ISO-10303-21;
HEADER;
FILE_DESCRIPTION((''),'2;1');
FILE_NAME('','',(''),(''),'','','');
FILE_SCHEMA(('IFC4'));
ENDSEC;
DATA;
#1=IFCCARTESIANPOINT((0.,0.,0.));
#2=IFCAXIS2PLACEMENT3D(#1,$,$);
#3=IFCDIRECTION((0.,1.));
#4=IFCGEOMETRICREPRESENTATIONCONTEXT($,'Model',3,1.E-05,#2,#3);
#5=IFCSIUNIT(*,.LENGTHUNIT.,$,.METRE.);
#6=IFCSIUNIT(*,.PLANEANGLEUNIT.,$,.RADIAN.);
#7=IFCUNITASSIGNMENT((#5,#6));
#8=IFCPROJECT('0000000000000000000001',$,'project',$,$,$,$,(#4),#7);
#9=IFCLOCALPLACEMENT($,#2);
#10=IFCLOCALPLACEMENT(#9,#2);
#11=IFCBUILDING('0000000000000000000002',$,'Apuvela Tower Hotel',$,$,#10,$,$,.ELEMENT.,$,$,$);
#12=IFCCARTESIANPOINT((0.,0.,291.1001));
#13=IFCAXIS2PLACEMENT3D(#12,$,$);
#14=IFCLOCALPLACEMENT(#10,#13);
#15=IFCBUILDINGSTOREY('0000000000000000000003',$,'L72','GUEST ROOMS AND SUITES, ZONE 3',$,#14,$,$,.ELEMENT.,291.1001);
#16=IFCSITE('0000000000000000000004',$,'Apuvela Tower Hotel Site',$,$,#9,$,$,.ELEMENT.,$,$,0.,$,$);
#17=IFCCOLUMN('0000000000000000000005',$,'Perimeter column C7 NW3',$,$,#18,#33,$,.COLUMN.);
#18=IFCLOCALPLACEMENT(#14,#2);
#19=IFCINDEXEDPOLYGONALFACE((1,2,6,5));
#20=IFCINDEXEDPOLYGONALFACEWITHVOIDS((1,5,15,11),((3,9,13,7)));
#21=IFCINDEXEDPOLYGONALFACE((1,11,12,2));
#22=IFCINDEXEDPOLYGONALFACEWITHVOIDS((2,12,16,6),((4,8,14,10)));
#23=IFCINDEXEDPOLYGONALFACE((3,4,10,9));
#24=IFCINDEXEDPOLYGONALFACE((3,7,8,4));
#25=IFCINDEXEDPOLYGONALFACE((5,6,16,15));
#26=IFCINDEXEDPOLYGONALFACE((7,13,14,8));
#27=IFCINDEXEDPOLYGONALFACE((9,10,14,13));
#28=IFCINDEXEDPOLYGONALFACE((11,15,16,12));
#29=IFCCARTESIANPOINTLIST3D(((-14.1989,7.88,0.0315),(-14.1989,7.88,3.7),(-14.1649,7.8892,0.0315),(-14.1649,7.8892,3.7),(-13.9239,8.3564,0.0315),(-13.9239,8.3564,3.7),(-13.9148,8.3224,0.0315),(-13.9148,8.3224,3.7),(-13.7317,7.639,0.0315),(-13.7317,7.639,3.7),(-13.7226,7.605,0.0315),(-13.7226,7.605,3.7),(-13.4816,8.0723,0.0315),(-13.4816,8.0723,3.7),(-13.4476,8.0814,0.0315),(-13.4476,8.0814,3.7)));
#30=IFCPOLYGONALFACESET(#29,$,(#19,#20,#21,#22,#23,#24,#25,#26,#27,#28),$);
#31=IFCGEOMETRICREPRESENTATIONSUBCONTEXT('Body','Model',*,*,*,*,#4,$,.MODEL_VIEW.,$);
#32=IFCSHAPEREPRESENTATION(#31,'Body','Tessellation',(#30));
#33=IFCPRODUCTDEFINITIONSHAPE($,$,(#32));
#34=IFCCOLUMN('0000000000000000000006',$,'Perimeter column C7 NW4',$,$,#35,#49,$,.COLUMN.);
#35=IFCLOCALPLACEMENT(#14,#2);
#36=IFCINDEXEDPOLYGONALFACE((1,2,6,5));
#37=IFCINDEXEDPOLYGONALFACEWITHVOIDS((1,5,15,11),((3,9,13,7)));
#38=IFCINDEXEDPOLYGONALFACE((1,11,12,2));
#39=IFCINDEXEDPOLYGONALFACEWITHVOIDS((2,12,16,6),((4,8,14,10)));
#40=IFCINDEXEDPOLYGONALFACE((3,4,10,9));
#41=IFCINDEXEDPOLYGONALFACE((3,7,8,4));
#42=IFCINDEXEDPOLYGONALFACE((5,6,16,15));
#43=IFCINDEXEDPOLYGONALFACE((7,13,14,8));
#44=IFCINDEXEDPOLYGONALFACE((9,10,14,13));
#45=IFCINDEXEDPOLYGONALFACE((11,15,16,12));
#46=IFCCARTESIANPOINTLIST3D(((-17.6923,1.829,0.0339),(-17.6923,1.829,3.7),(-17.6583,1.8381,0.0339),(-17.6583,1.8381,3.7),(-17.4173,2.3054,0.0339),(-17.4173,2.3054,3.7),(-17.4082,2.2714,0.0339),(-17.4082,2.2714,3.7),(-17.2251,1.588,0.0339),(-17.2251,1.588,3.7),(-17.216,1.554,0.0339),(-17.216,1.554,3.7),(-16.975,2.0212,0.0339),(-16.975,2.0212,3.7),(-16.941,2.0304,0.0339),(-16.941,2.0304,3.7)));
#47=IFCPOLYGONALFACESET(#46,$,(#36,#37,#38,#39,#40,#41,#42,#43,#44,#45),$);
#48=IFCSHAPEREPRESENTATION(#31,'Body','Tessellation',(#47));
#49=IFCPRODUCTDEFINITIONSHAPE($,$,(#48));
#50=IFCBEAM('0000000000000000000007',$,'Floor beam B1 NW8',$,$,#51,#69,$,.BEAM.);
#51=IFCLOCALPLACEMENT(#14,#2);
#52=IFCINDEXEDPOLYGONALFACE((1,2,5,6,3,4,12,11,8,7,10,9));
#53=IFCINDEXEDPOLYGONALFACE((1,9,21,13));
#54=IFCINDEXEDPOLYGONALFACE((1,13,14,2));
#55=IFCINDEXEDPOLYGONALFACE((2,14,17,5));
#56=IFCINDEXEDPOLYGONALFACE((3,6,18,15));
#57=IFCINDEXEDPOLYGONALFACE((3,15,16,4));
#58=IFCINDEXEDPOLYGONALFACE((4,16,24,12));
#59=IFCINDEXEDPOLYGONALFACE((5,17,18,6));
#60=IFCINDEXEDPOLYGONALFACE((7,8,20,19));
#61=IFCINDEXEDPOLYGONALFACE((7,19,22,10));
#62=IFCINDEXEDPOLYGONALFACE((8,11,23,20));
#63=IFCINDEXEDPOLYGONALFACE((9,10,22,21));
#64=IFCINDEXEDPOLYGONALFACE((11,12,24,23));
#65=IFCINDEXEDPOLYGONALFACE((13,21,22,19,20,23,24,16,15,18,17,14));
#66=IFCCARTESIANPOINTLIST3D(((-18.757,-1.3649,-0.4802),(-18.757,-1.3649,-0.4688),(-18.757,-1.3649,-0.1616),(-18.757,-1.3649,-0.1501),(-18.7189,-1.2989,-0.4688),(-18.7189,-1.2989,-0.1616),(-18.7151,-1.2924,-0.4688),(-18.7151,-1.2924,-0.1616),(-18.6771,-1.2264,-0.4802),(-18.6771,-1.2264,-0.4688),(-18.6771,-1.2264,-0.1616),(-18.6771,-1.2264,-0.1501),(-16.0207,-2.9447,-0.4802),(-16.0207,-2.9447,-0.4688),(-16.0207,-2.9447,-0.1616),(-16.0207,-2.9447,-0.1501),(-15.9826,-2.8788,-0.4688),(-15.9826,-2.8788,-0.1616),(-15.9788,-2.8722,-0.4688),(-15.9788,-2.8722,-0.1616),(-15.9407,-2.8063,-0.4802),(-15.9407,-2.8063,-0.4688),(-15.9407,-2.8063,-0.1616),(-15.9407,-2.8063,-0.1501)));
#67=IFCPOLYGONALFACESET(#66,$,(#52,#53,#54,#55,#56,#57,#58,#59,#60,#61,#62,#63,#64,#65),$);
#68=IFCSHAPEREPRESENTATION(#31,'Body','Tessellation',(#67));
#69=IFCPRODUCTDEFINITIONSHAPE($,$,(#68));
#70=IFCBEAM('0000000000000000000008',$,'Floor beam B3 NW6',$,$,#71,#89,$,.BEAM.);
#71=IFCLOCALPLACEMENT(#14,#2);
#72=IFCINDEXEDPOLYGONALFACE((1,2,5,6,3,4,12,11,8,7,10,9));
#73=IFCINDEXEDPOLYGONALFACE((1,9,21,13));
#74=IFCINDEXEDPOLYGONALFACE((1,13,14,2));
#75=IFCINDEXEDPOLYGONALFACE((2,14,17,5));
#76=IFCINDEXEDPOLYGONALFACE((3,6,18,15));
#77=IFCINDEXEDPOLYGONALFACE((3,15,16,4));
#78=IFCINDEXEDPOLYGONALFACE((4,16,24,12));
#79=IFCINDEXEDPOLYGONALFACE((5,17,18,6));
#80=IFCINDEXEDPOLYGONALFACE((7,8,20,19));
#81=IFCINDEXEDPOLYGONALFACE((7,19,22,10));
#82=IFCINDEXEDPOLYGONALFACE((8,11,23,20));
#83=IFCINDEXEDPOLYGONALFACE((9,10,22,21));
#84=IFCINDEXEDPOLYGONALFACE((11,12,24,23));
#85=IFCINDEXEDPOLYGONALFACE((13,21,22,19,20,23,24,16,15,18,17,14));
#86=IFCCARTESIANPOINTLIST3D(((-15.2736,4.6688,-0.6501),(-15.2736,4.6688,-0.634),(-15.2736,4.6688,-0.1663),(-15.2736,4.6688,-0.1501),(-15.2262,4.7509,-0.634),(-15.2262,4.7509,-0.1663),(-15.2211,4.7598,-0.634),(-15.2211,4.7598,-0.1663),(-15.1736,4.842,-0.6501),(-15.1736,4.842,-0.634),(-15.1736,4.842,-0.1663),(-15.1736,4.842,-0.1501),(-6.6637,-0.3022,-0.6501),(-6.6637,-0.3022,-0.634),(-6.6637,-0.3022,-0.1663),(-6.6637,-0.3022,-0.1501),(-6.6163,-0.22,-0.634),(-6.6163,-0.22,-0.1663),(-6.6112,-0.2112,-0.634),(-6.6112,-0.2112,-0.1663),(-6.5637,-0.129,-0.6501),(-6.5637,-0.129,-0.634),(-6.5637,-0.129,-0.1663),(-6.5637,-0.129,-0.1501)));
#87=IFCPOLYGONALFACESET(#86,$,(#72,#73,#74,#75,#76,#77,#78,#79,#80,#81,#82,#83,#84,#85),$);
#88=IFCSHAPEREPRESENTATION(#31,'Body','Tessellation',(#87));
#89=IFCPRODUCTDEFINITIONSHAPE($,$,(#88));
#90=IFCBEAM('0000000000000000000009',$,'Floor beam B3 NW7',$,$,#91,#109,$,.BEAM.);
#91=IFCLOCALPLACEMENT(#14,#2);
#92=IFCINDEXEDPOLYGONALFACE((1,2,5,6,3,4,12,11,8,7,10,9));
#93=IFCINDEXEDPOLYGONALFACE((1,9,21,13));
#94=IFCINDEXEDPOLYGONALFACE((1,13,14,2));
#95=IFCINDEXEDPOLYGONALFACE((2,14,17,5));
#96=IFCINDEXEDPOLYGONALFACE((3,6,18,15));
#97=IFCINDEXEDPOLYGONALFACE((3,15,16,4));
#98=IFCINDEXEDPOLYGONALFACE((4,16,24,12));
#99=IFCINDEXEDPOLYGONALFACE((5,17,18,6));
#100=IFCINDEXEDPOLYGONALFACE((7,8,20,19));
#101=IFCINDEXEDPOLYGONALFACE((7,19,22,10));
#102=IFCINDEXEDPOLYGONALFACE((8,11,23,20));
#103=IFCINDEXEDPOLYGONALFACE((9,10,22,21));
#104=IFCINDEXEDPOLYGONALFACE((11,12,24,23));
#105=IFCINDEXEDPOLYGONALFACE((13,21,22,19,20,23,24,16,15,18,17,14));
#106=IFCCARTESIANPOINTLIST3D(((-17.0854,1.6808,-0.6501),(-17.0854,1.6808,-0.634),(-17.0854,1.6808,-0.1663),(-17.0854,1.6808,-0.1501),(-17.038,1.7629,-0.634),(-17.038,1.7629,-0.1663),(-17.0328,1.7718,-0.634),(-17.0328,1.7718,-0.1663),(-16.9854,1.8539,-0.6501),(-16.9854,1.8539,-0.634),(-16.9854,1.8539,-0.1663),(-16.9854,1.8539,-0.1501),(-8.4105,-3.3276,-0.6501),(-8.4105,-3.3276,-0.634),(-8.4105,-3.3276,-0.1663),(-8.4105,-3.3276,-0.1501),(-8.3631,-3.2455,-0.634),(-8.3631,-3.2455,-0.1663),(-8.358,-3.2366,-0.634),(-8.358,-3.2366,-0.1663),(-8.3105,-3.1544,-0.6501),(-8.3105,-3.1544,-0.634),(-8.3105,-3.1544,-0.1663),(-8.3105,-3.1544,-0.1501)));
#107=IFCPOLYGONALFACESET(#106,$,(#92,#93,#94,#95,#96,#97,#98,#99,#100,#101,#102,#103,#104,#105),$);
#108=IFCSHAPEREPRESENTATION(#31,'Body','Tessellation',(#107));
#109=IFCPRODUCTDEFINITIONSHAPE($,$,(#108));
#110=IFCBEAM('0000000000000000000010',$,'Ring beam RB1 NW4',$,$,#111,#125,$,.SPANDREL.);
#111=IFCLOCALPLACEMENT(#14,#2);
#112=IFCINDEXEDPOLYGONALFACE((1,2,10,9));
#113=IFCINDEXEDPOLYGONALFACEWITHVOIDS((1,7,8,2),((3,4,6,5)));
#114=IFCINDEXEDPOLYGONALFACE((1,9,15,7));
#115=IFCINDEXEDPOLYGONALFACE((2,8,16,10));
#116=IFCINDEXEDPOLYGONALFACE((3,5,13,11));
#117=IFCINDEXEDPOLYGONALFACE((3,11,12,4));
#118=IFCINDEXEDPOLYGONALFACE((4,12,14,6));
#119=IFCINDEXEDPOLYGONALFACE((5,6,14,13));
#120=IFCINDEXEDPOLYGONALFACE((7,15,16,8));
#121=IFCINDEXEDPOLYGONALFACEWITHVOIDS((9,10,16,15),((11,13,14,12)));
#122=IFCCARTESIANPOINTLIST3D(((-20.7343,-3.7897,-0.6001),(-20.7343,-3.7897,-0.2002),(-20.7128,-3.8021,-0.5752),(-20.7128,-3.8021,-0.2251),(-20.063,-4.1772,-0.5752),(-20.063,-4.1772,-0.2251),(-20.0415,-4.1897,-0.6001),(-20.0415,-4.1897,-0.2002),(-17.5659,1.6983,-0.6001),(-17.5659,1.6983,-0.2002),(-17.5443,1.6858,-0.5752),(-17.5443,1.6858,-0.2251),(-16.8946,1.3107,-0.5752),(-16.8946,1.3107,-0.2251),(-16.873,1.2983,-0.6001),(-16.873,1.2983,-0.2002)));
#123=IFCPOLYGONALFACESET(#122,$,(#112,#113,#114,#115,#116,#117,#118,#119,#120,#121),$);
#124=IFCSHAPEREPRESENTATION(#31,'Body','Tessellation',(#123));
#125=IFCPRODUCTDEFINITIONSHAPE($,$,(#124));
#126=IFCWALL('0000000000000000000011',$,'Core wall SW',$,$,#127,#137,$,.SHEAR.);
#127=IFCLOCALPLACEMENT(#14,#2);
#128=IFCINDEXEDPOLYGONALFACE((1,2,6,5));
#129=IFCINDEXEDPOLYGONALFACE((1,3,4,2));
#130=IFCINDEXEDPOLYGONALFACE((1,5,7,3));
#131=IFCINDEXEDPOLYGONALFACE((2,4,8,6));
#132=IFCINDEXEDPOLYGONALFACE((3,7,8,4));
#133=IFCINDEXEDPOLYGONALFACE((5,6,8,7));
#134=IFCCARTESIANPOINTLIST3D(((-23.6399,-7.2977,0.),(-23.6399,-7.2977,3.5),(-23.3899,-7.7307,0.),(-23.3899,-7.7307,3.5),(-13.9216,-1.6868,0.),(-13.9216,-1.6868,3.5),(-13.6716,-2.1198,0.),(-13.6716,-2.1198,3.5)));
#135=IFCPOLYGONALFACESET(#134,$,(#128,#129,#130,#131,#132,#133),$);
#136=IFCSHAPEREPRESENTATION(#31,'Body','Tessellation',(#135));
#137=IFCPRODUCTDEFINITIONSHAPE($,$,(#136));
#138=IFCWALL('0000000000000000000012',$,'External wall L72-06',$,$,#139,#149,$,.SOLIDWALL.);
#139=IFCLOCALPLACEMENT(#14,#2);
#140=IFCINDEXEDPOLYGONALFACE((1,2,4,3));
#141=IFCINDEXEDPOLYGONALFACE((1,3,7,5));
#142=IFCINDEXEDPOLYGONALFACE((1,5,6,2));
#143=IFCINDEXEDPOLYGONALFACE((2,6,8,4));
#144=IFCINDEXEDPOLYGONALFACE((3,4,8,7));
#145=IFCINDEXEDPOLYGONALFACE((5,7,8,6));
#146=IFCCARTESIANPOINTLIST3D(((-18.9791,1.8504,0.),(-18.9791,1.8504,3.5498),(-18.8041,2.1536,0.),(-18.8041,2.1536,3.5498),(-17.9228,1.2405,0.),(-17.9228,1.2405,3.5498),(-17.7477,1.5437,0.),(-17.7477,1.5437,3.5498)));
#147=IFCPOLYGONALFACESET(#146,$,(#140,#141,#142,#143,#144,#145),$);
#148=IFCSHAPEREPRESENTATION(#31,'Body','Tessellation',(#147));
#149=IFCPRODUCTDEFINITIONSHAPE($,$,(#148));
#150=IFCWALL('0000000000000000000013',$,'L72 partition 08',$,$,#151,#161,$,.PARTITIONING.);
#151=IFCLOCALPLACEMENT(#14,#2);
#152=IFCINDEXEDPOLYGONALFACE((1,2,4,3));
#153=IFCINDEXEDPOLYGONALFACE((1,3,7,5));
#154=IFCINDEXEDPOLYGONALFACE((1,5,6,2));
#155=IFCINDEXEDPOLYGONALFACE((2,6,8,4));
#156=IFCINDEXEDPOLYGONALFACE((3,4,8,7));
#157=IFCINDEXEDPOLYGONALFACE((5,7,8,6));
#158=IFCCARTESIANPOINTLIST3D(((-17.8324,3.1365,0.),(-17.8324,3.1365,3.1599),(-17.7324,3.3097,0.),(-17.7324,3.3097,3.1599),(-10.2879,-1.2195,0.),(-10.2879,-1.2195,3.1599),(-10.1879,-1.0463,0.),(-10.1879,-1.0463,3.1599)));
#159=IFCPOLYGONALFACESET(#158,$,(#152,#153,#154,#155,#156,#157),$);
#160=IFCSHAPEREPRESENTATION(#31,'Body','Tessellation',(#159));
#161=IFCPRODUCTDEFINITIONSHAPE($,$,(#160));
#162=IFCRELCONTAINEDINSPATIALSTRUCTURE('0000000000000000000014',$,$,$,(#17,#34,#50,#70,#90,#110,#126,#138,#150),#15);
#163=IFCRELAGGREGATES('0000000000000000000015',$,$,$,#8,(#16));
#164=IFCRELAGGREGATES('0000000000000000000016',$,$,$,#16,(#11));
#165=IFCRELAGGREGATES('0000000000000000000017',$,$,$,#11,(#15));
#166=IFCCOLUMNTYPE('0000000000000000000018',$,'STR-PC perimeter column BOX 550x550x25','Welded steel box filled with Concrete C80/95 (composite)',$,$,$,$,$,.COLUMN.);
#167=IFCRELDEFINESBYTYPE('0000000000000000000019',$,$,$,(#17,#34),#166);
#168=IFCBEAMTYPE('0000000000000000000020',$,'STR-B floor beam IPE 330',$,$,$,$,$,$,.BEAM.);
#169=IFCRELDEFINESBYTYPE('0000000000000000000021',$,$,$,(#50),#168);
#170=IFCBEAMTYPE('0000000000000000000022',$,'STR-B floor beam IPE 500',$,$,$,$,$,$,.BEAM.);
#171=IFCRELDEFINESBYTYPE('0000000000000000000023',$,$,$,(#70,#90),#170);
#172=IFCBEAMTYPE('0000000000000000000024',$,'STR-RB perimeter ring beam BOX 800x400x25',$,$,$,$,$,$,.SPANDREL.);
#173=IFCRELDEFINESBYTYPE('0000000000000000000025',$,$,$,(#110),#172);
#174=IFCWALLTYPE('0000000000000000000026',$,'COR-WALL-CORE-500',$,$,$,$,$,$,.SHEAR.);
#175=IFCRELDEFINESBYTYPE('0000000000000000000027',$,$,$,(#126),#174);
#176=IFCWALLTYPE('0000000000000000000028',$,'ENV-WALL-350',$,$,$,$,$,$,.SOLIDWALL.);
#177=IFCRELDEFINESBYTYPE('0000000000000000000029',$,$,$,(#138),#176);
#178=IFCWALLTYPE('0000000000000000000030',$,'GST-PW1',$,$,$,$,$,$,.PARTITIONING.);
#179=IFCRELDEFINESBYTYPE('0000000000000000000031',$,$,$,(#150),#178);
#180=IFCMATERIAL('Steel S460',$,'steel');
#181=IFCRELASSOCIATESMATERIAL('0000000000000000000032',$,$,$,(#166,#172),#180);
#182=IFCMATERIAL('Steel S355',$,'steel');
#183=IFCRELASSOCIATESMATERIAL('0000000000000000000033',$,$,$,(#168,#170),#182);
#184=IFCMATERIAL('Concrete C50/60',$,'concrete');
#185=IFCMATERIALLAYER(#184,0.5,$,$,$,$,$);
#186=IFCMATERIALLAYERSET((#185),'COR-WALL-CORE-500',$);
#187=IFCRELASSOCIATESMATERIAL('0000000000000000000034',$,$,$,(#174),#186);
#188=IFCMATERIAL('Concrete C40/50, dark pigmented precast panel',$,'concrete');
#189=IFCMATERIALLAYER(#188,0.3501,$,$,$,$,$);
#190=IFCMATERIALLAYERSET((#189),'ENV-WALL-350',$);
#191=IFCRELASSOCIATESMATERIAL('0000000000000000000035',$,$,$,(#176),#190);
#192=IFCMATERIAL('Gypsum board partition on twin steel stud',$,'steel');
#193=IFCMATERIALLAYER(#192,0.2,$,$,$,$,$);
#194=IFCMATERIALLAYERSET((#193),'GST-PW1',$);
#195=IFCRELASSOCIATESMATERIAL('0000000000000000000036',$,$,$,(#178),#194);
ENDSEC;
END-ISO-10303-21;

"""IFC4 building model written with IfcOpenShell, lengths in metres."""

from ifc_helpers import new_model, si_unit, direction, frame, frame_2d, origin, origin_2d, place, context, subcontext, project, spatial, rectangle, hollow_rectangle, i_section, extrude, boolean, halfspace, material, layer, layer_set, material_profile, profile_set, type_object, element, save


model = new_model("IFC4")

# Units and contexts
model_context = context("Model", 3, precision=1e-05, world=origin(), true_north=direction((0.0, 1.0)))
body_context = subcontext(model_context, "Body", "Model", "MODEL_VIEW")
ifc_project = project(units=[si_unit("LENGTHUNIT", "METRE"), si_unit("PLANEANGLEUNIT", "RADIAN")], contexts=[model_context])

# Site, building, storey
site_placement = place(None, origin())
site = spatial("IfcSite", under=ifc_project, at=site_placement, Name="Apuvela Tower Hotel Site", CompositionType="ELEMENT", RefElevation=0.0)
building_placement = place(site_placement, origin())
building = spatial("IfcBuilding", under=site, at=building_placement, Name="Apuvela Tower Hotel", CompositionType="ELEMENT")
storey_placement = place(building_placement, frame((0.0, 0.0, 291.1001)))
storey = spatial("IfcBuildingStorey", under=building, at=storey_placement, Name="L72", Description="GUEST ROOMS AND SUITES, ZONE 3", CompositionType="ELEMENT", Elevation=291.1001)

# Columns
ifc_material_1 = material(Name="Steel S460", Category="steel")
ifc_material_profile_1 = material_profile(ifc_material_1, hollow_rectangle(XDim=0.55, YDim=0.55, WallThickness=0.0249, at=origin_2d()), Name="BOX 550x550x25")
ifc_material_2 = material(Name="Concrete C80/95", Category="concrete")
ifc_material_profile_2 = material_profile(ifc_material_2, rectangle(XDim=0.5, YDim=0.5, at=origin_2d()), Name="Concrete C80/95 infill")
ifc_profile_set_1 = profile_set([ifc_material_profile_1, ifc_material_profile_2], Name="Steel S460")
column_type = type_object("IfcColumnType", Name="STR-PC perimeter column BOX 550x550x25", Description="Welded steel box filled with Concrete C80/95 (composite)", PredefinedType="COLUMN", material=ifc_profile_set_1)
column_1_placement = place(storey_placement, frame((-13.8232, 7.9807, 0.0), z_axis=(0.0, 0.0, 1.0), x_axis=(0.5, 0.866025, 0.0)))
element("IfcColumn", 1, at=column_1_placement, inside=storey, type_object=column_type, Name="Perimeter column C7 NW3", PredefinedType="COLUMN", context=body_context, shape_type="SweptSolid", body=[
    boolean("DIFFERENCE", extrude(hollow_rectangle(XDim=0.55, YDim=0.55, WallThickness=0.0249, at=origin_2d()), origin(), (0.0, 0.0, 1.0), 3.7), halfspace(frame((0.0, 0.0, 0.0315), z_axis=(0.0, 0.0, 1.0), x_axis=(1.0, 0.0, 0.0)), True)),
])
column_2_placement = place(storey_placement, frame((-17.3167, 1.9297, 0.0), z_axis=(0.0, 0.0, 1.0), x_axis=(0.5, 0.866025, 0.0)))
element("IfcColumn", 2, at=column_2_placement, inside=storey, type_object=column_type, Name="Perimeter column C7 NW4", PredefinedType="COLUMN", context=body_context, shape_type="SweptSolid", body=[
    boolean("DIFFERENCE", extrude(hollow_rectangle(XDim=0.55, YDim=0.55, WallThickness=0.0249, at=origin_2d()), origin(), (0.0, 0.0, 1.0), 3.7), halfspace(frame((0.0, 0.0, 0.0339), z_axis=(0.0, 0.0, 1.0), x_axis=(1.0, 0.0, 0.0)), True)),
])

# Beams
ifc_material_3 = material(Name="Steel S355", Category="steel")
ifc_material_profile_3 = material_profile(ifc_material_3, i_section(OverallWidth=0.1599, OverallDepth=0.3301, WebThickness=0.0076, FlangeThickness=0.0115, at=origin_2d()), Name="IPE 330")
ifc_profile_set_2 = profile_set([ifc_material_profile_3], Name="Steel S355")
beam_type_1 = type_object("IfcBeamType", Name="STR-B floor beam IPE 330", PredefinedType="BEAM", material=ifc_profile_set_2)
beam_1_placement = place(storey_placement, frame((-18.717, -1.2957, -0.3152), z_axis=(0.866023, -0.500003, 0.0), x_axis=(0.500003, 0.866023, 0.0)))
element("IfcBeam", 3, at=beam_1_placement, inside=storey, type_object=beam_type_1, Name="Floor beam B1 NW8", PredefinedType="BEAM", context=body_context, shape_type="SweptSolid", body=[
    extrude(i_section(OverallWidth=0.1599, OverallDepth=0.3301, WebThickness=0.0076, FlangeThickness=0.0115, at=origin_2d()), origin(), (0.0, 0.0, 1.0), 3.1597),
])
ifc_material_profile_4 = material_profile(ifc_material_3, i_section(OverallWidth=0.2, OverallDepth=0.5, WebThickness=0.0103, FlangeThickness=0.0161, at=origin_2d()), Name="IPE 500")
ifc_profile_set_3 = profile_set([ifc_material_profile_4], Name="Steel S355")
beam_type_2 = type_object("IfcBeamType", Name="STR-B floor beam IPE 500", PredefinedType="BEAM", material=ifc_profile_set_3)
beam_2_placement = place(storey_placement, frame((-15.2236, 4.7554, -0.4001), z_axis=(0.866024, -0.500003, 0.0), x_axis=(0.500003, 0.866024, 0.0)))
element("IfcBeam", 4, at=beam_2_placement, inside=storey, type_object=beam_type_2, Name="Floor beam B3 NW6", PredefinedType="BEAM", context=body_context, shape_type="SweptSolid", body=[
    extrude(i_section(OverallWidth=0.2, OverallDepth=0.5, WebThickness=0.0103, FlangeThickness=0.0161, at=origin_2d()), origin(), (0.0, 0.0, 1.0), 9.9419),
])
beam_3_placement = place(storey_placement, frame((-17.0354, 1.7673, -0.4001), z_axis=(0.86603, -0.499993, 0.0), x_axis=(0.499993, 0.86603, 0.0)))
element("IfcBeam", 5, at=beam_3_placement, inside=storey, type_object=beam_type_2, Name="Floor beam B3 NW7", PredefinedType="BEAM", context=body_context, shape_type="SweptSolid", body=[
    extrude(i_section(OverallWidth=0.2, OverallDepth=0.5, WebThickness=0.0103, FlangeThickness=0.0161, at=origin_2d()), origin(), (0.0, 0.0, 1.0), 10.0168),
])
ifc_material_profile_5 = material_profile(ifc_material_1, hollow_rectangle(XDim=0.8, YDim=0.3999, WallThickness=0.0249, at=origin_2d()), Name="BOX 800x400x25")
ifc_profile_set_4 = profile_set([ifc_material_profile_5], Name="Steel S460")
beam_type_3 = type_object("IfcBeamType", Name="STR-RB perimeter ring beam BOX 800x400x25", PredefinedType="SPANDREL", material=ifc_profile_set_4)
beam_4_placement = place(storey_placement, frame((-17.2195, 1.4983, -0.4001), z_axis=(-0.499993, -0.86603, 0.0), x_axis=(0.86603, -0.499993, 0.0)))
element("IfcBeam", 6, at=beam_4_placement, inside=storey, type_object=beam_type_3, Name="Ring beam RB1 NW4", PredefinedType="SPANDREL", context=body_context, shape_type="SweptSolid", body=[
    extrude(hollow_rectangle(XDim=0.8, YDim=0.3999, WallThickness=0.0249, at=origin_2d()), origin(), (0.0, 0.0, 1.0), 6.3369),
])

# Wall
ifc_material_4 = material(Name="Concrete C50/60", Category="concrete")
ifc_layer_1 = layer(ifc_material_4, 0.5)
ifc_layer_set_1 = layer_set([ifc_layer_1], Name="COR-WALL-CORE-500")
wall_type_1 = type_object("IfcWallType", Name="COR-WALL-CORE-500", PredefinedType="SHEAR", material=ifc_layer_set_1)
wall_1_placement = place(storey_placement, frame((-13.7966, -1.9033, 0.0), z_axis=(0.0, 0.0, 1.0), x_axis=(-0.866025, -0.5, 0.0)))
element("IfcWall", 7, at=wall_1_placement, inside=storey, type_object=wall_type_1, Name="Core wall SW", PredefinedType="SHEAR", context=body_context, shape_type="SweptSolid", body=[
    extrude(rectangle(XDim=11.2217, YDim=0.5, at=frame_2d((5.6108, 0.0))), origin(), (0.0, 0.0, 1.0), 3.5),
])

# Shared definitions
ifc_material_5 = material(Name="Concrete C40/50, dark pigmented precast panel", Category="concrete")
ifc_layer_2 = layer(ifc_material_5, 0.3501)
ifc_layer_set_2 = layer_set([ifc_layer_2], Name="ENV-WALL-350")
wall_type_2 = type_object("IfcWallType", Name="ENV-WALL-350", PredefinedType="SOLIDWALL", material=ifc_layer_set_2)

# Wall
wall_2_placement = place(storey_placement, frame((-18.8916, 2.002, 0.0), z_axis=(0.0, 0.0, 1.0), x_axis=(0.866042, -0.499971, 0.0)))
element("IfcWall", 8, at=wall_2_placement, inside=storey, type_object=wall_type_2, Name="External wall L72-06", PredefinedType="SOLIDWALL", context=body_context, shape_type="SweptSolid", body=[
    extrude(rectangle(XDim=1.2197, YDim=0.3501, at=frame_2d((0.6099, 0.0))), origin(), (0.0, 0.0, 1.0), 3.5498),
])

# Wall
ifc_material_6 = material(Name="Gypsum board partition on twin steel stud", Category="steel")
ifc_layer_3 = layer(ifc_material_6, 0.2)
ifc_layer_set_3 = layer_set([ifc_layer_3], Name="GST-PW1")
wall_type_3 = type_object("IfcWallType", Name="GST-PW1", PredefinedType="PARTITIONING", material=ifc_layer_set_3)
wall_3_placement = place(storey_placement, frame((-17.7825, 3.2231, 0.0), z_axis=(0.0, 0.0, 1.0), x_axis=(0.866017, -0.500015, 0.0)))
element("IfcWall", 9, at=wall_3_placement, inside=storey, type_object=wall_type_3, Name="L72 partition 08", PredefinedType="PARTITIONING", context=body_context, shape_type="SweptSolid", body=[
    extrude(rectangle(XDim=8.7117, YDim=0.2, at=frame_2d((4.356, 0.0))), origin(), (0.0, 0.0, 1.0), 3.1599),
])

save(model, "model.ifc")
